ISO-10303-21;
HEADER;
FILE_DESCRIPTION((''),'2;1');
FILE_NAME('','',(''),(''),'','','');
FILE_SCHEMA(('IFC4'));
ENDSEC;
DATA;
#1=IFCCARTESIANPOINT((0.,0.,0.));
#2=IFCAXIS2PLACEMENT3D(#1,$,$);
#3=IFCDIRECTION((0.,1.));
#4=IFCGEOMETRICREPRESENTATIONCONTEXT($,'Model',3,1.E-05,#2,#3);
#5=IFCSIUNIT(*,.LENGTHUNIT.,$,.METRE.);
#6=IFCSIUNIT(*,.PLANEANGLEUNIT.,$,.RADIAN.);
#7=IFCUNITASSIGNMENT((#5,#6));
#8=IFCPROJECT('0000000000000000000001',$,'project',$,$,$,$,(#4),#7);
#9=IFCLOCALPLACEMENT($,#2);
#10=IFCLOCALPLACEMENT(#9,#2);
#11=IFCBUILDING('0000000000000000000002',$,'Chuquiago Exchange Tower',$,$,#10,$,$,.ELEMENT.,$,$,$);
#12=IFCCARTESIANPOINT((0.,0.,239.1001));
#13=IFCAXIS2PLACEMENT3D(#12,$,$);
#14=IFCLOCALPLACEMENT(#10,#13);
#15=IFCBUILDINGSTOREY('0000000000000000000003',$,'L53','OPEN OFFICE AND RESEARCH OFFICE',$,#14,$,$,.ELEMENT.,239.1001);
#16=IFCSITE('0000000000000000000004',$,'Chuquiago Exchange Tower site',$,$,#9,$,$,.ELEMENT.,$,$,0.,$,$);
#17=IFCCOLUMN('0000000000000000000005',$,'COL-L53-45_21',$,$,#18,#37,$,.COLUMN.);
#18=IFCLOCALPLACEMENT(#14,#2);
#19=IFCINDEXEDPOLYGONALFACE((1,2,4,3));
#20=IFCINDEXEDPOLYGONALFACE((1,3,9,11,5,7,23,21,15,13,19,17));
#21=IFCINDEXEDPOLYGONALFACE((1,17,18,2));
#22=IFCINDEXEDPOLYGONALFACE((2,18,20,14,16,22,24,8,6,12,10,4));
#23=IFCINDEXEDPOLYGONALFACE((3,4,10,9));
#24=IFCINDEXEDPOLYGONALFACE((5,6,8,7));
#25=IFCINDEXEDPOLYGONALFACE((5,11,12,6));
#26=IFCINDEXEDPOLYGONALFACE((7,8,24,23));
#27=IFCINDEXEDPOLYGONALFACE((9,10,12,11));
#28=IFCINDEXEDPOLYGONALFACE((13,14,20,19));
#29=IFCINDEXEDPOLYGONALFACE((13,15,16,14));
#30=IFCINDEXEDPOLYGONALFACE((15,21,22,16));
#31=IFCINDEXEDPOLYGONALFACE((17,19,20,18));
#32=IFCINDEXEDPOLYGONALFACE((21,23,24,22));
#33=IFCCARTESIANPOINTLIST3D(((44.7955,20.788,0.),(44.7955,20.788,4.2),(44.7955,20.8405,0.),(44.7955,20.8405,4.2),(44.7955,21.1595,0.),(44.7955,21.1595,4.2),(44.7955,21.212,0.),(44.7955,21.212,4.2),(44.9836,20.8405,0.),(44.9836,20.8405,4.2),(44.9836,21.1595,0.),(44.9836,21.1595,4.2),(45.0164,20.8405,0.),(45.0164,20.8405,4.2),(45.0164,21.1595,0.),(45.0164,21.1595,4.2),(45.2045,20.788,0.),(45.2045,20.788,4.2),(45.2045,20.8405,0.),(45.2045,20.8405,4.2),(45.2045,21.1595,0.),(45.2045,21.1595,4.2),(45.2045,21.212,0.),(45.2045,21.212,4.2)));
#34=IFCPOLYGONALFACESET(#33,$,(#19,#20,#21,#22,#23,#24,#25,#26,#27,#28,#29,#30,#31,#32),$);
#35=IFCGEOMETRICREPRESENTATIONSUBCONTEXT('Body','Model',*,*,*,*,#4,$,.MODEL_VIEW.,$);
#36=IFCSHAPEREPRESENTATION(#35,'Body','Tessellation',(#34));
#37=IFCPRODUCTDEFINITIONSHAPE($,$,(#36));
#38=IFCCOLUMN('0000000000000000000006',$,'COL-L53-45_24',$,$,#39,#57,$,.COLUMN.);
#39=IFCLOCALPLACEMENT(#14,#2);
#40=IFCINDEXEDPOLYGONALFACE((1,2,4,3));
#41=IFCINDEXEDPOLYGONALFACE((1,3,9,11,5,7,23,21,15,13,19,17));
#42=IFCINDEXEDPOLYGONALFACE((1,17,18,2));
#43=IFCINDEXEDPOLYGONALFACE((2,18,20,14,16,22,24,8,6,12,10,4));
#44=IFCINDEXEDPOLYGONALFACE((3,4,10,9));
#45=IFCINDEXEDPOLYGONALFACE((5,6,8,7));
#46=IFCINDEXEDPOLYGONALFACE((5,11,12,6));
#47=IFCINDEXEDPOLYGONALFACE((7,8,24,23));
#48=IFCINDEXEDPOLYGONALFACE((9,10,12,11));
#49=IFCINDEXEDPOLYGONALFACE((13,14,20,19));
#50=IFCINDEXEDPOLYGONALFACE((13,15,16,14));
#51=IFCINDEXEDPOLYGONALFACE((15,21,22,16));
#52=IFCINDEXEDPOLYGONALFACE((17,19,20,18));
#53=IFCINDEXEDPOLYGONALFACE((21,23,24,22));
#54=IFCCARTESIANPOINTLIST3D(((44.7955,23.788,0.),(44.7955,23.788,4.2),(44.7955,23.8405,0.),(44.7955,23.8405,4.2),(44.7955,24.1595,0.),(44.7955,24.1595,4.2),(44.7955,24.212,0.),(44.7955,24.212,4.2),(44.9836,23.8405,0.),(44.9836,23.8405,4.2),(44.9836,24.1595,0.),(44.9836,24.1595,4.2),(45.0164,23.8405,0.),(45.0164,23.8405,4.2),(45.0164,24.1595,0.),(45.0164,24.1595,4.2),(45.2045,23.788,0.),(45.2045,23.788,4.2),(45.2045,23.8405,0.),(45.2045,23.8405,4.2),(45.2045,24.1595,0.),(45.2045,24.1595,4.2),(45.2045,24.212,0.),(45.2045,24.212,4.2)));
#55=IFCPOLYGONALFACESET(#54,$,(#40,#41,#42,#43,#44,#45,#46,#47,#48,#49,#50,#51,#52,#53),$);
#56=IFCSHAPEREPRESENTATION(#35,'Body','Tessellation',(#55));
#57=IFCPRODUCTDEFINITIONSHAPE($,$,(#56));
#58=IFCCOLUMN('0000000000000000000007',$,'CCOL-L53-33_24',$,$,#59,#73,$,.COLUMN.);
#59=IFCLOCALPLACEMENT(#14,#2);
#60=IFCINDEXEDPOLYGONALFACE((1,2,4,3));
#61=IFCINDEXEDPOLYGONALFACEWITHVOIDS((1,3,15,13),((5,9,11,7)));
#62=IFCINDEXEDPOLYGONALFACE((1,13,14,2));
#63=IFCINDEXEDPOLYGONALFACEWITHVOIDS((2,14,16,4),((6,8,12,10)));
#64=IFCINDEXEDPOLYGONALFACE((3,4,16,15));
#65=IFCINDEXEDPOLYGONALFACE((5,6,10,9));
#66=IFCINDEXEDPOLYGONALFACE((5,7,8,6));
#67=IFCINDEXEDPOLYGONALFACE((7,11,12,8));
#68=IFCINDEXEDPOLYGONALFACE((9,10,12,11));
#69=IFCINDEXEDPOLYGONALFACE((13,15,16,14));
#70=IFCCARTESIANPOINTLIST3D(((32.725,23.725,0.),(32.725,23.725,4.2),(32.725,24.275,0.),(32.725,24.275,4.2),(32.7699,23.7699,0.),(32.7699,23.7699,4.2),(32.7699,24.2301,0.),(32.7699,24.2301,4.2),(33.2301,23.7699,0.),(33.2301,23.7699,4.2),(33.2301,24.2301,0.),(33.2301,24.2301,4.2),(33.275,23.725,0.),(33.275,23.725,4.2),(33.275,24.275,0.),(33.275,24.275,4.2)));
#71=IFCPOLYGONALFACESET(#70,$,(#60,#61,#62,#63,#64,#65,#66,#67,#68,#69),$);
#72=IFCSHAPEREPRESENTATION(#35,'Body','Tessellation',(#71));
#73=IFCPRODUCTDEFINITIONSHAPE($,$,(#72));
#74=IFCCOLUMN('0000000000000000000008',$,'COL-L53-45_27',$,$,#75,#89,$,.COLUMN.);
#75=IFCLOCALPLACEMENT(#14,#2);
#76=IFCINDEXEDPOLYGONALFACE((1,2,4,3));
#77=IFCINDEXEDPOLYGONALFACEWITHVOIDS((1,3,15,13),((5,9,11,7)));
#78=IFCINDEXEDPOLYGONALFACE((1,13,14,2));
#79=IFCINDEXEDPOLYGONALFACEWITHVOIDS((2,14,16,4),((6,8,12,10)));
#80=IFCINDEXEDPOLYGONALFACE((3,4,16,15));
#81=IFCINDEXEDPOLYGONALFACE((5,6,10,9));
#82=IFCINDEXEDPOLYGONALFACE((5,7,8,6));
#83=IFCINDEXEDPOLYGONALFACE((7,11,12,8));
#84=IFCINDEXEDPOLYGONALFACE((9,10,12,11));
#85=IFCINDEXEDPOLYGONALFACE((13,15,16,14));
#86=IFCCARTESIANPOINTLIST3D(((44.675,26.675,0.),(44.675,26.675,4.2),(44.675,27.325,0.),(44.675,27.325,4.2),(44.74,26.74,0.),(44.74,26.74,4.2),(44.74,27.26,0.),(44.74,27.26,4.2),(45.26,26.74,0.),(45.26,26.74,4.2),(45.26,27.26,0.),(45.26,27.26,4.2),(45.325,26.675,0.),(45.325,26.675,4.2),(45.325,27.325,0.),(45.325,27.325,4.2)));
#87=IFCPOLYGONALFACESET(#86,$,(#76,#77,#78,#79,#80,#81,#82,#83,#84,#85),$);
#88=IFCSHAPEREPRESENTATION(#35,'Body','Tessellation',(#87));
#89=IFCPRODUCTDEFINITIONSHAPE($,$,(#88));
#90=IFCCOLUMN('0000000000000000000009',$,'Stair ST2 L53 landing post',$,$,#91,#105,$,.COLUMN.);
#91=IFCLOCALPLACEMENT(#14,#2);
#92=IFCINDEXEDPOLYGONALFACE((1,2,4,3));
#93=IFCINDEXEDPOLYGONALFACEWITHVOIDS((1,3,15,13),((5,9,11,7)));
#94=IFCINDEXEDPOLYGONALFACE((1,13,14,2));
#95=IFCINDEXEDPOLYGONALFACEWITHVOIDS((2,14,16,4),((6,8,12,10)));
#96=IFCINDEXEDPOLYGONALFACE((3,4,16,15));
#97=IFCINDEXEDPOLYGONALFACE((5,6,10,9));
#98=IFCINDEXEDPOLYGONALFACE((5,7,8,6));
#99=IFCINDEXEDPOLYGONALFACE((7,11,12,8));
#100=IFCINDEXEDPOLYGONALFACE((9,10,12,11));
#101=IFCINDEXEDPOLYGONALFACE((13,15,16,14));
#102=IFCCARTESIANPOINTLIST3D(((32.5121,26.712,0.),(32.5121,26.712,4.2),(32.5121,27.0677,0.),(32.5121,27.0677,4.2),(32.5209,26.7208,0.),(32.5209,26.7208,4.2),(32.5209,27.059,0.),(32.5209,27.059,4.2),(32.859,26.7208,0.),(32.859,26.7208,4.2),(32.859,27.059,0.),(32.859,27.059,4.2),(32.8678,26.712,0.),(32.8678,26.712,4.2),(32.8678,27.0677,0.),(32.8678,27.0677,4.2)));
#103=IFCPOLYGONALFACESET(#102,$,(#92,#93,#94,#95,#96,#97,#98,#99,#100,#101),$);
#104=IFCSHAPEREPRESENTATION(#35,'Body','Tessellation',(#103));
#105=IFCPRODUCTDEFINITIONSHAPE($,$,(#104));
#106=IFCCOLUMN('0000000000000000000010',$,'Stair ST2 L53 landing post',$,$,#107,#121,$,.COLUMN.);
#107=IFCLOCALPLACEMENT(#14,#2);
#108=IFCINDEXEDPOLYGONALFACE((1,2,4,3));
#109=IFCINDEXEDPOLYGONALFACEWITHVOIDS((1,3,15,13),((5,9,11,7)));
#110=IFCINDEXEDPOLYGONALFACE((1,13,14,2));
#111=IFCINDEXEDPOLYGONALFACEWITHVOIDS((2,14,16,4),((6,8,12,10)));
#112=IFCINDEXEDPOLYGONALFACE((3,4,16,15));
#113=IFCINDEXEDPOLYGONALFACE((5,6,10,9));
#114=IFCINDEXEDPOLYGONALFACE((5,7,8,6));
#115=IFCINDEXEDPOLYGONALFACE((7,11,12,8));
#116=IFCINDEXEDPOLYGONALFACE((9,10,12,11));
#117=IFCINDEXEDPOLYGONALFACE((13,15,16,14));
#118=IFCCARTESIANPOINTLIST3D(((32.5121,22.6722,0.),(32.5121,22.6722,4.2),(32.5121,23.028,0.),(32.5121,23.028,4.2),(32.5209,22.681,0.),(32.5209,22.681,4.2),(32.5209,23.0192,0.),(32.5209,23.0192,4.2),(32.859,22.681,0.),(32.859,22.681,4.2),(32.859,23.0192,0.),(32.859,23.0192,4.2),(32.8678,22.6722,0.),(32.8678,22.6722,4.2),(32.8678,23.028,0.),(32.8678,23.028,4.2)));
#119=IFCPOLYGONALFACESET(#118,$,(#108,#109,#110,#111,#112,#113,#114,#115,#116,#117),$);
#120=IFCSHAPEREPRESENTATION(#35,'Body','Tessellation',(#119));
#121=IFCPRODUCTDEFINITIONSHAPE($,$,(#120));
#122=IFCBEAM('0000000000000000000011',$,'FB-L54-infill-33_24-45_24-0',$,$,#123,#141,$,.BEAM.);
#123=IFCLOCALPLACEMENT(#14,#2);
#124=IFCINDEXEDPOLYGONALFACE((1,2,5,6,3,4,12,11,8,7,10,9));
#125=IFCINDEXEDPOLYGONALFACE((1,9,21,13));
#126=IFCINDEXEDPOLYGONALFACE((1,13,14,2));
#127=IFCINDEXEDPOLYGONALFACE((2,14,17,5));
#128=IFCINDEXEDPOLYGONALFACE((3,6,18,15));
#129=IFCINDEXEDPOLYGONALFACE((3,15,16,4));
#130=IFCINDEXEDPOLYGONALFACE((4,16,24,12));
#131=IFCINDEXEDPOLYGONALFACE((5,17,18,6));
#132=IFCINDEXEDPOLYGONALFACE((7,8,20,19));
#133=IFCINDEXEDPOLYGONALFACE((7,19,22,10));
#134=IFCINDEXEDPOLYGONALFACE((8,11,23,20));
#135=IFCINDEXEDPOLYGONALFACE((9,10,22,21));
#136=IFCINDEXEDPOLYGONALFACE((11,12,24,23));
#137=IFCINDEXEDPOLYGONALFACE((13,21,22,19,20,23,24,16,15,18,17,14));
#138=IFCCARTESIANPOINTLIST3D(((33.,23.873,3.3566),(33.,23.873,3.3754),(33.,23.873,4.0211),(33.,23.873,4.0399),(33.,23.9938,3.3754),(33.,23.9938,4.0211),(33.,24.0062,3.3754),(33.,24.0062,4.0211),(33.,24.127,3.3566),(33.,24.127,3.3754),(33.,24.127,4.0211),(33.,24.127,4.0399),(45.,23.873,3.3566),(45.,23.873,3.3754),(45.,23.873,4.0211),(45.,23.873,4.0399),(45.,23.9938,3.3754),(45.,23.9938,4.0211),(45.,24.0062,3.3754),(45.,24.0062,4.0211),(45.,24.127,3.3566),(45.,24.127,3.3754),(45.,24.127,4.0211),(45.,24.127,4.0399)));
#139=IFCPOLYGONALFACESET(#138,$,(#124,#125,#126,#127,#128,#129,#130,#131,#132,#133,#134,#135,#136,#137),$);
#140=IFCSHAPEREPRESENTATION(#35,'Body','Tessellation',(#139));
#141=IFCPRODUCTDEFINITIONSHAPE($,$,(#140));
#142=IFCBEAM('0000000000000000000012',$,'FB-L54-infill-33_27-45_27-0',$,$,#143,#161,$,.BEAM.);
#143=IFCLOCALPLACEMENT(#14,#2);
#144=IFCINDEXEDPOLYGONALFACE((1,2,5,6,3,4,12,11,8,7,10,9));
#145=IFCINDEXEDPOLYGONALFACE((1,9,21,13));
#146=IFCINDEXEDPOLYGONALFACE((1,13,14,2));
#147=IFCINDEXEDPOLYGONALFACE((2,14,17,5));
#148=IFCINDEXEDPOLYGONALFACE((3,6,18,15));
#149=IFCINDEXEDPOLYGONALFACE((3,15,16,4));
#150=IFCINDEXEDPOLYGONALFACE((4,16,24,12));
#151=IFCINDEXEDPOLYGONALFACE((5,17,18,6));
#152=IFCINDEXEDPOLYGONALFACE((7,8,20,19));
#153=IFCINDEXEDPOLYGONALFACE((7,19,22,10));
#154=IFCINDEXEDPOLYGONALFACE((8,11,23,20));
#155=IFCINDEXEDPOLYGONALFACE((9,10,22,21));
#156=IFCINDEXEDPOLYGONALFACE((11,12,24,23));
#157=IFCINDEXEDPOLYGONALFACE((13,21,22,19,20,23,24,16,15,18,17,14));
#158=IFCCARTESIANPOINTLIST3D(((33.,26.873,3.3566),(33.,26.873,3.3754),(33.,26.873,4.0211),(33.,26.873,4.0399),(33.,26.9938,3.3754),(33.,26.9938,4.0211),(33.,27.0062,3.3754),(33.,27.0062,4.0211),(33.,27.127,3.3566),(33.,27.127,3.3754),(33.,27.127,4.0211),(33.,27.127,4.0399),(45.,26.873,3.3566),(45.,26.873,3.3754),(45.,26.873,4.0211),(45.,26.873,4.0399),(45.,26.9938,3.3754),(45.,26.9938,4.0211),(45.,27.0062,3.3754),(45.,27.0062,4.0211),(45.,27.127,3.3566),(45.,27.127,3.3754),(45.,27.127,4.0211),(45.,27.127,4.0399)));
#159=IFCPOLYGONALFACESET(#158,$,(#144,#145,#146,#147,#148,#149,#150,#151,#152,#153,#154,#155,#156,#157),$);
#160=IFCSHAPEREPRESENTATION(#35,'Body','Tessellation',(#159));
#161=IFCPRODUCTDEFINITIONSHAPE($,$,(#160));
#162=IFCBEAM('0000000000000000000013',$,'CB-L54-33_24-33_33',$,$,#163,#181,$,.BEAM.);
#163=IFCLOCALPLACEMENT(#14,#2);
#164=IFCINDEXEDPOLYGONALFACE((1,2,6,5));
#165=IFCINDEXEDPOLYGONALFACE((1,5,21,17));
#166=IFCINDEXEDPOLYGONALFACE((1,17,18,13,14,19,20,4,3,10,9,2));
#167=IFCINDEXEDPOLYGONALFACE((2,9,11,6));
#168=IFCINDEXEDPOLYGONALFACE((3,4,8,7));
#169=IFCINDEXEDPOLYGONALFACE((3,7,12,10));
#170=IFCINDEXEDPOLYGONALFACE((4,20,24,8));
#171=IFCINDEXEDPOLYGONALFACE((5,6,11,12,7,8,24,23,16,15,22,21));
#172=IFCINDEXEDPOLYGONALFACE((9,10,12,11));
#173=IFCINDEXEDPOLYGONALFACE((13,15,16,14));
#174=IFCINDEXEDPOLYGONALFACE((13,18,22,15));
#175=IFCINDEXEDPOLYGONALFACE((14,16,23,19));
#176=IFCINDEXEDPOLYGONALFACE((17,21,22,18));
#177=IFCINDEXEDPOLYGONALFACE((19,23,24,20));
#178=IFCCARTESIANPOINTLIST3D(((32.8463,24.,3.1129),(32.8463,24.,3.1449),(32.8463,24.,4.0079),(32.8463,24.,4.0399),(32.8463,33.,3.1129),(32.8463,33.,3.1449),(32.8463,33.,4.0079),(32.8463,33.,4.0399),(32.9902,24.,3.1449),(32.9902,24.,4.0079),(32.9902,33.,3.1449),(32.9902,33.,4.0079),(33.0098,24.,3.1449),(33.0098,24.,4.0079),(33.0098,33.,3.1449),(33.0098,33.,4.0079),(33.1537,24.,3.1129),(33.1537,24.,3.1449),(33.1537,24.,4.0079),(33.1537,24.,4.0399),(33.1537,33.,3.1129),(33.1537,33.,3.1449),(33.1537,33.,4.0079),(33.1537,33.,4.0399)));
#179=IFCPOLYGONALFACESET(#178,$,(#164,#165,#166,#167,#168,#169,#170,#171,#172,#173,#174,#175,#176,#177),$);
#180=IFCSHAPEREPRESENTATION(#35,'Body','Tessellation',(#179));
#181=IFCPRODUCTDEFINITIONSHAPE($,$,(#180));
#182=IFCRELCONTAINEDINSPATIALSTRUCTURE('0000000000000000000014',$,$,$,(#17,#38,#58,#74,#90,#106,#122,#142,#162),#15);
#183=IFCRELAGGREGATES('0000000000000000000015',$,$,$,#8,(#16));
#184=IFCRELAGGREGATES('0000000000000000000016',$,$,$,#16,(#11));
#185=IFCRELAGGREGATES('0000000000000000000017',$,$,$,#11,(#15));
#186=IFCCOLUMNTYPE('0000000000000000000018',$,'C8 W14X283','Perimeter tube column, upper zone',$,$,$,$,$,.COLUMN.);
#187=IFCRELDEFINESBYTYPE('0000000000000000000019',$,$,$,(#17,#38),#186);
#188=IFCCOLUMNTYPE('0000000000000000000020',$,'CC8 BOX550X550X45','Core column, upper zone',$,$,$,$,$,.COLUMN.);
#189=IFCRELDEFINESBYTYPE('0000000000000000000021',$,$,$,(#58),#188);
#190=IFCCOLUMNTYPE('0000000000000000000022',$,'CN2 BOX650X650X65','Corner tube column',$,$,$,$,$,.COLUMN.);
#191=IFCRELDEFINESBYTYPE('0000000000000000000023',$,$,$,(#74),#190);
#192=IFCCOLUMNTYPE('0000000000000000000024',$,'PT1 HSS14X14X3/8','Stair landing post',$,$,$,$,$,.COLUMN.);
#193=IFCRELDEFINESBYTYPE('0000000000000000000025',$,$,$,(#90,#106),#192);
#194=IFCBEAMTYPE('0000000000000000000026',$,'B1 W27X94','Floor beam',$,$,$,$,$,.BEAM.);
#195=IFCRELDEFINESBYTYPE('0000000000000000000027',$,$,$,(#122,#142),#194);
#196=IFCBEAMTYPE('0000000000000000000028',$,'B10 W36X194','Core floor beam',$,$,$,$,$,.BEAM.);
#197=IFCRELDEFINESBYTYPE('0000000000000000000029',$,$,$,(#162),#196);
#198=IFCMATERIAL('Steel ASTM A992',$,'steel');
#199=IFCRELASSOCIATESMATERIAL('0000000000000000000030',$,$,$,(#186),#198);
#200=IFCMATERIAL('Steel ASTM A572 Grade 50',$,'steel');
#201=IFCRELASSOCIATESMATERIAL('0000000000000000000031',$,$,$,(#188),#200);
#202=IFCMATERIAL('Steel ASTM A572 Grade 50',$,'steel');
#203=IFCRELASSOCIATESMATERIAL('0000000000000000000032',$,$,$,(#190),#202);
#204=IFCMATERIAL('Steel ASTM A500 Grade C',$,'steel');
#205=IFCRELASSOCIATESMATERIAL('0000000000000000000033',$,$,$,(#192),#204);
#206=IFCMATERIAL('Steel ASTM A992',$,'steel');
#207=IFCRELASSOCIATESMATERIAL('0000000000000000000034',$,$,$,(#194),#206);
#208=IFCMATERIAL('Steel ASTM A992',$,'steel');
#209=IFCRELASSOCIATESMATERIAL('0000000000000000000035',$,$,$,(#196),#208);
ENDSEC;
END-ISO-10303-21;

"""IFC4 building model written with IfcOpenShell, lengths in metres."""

from ifc_helpers import new_model, si_unit, direction, frame, origin, origin_2d, place, context, subcontext, project, spatial, hollow_rectangle, i_section, extrude, material, material_profile, profile_set, type_object, element, save


model = new_model("IFC4")

# Units and contexts
model_context = context("Model", 3, precision=1e-05, world=origin(), true_north=direction((0.0, 1.0)))
body_context = subcontext(model_context, "Body", "Model", "MODEL_VIEW")
ifc_project = project(units=[si_unit("LENGTHUNIT", "METRE"), si_unit("PLANEANGLEUNIT", "RADIAN")], contexts=[model_context])

# Site, building, storey
site_placement = place(None, origin())
site = spatial("IfcSite", under=ifc_project, at=site_placement, Name="Chuquiago Exchange Tower site", CompositionType="ELEMENT", RefElevation=0.0)
building_placement = place(site_placement, origin())
building = spatial("IfcBuilding", under=site, at=building_placement, Name="Chuquiago Exchange Tower", CompositionType="ELEMENT")
storey_placement = place(building_placement, frame((0.0, 0.0, 239.1001)))
storey = spatial("IfcBuildingStorey", under=building, at=storey_placement, Name="L53", Description="OPEN OFFICE AND RESEARCH OFFICE", CompositionType="ELEMENT", Elevation=239.1001)

# Columns
ifc_material_1 = material(Name="Steel ASTM A992", Category="steel")
ifc_material_profile_1 = material_profile(ifc_material_1, i_section(OverallWidth=0.4089, OverallDepth=0.4241, WebThickness=0.0327, FlangeThickness=0.0525, at=origin_2d()), Name="W14X283")
ifc_profile_set_1 = profile_set([ifc_material_profile_1], Name="Steel ASTM A992")
column_type_1 = type_object("IfcColumnType", Name="C8 W14X283", Description="Perimeter tube column, upper zone", PredefinedType="COLUMN", material=ifc_profile_set_1)
for number, where, z_axis, x_axis, name in (
    (1, (45.0, 21.0, 0.0), (0.0, 0.0, 1.0), (1.0, 0.0, 0.0), "COL-L53-45_21"),
    (2, (45.0, 24.0, 0.0), (0.0, 0.0, 1.0), (1.0, 0.0, 0.0), "COL-L53-45_24"),
):
    element("IfcColumn", number, at=place(storey_placement, frame(where, z_axis=z_axis, x_axis=x_axis)), inside=storey, type_object=column_type_1, Name=name, PredefinedType="COLUMN", context=body_context, shape_type="SweptSolid", body=[
        extrude(i_section(OverallWidth=0.4089, OverallDepth=0.4241, WebThickness=0.0327, FlangeThickness=0.0525, at=origin_2d()), origin(), (0.0, 0.0, 1.0), 4.2),
    ])
ifc_material_2 = material(Name="Steel ASTM A572 Grade 50", Category="steel")
ifc_material_profile_2 = material_profile(ifc_material_2, hollow_rectangle(XDim=0.55, YDim=0.55, WallThickness=0.0449, at=origin_2d()), Name="BOX550X550X45")
ifc_profile_set_2 = profile_set([ifc_material_profile_2], Name="Steel ASTM A572 Grade 50")
column_type_2 = type_object("IfcColumnType", Name="CC8 BOX550X550X45", Description="Core column, upper zone", PredefinedType="COLUMN", material=ifc_profile_set_2)
column_1_placement = place(storey_placement, frame((33.0, 24.0, 0.0), z_axis=(0.0, 0.0, 1.0), x_axis=(1.0, 0.0, 0.0)))
element("IfcColumn", 3, at=column_1_placement, inside=storey, type_object=column_type_2, Name="CCOL-L53-33_24", PredefinedType="COLUMN", context=body_context, shape_type="SweptSolid", body=[
    extrude(hollow_rectangle(XDim=0.55, YDim=0.55, WallThickness=0.0449, at=origin_2d()), origin(), (0.0, 0.0, 1.0), 4.2),
])
ifc_material_3 = material(Name="Steel ASTM A572 Grade 50", Category="steel")
ifc_material_profile_3 = material_profile(ifc_material_3, hollow_rectangle(XDim=0.6499, YDim=0.6499, WallThickness=0.0649, at=origin_2d()), Name="BOX650X650X65")
ifc_profile_set_3 = profile_set([ifc_material_profile_3], Name="Steel ASTM A572 Grade 50")
column_type_3 = type_object("IfcColumnType", Name="CN2 BOX650X650X65", Description="Corner tube column", PredefinedType="COLUMN", material=ifc_profile_set_3)
column_2_placement = place(storey_placement, frame((45.0, 27.0, 0.0), z_axis=(0.0, 0.0, 1.0), x_axis=(1.0, 0.0, 0.0)))
element("IfcColumn", 4, at=column_2_placement, inside=storey, type_object=column_type_3, Name="COL-L53-45_27", PredefinedType="COLUMN", context=body_context, shape_type="SweptSolid", body=[
    extrude(hollow_rectangle(XDim=0.6499, YDim=0.6499, WallThickness=0.0649, at=origin_2d()), origin(), (0.0, 0.0, 1.0), 4.2),
])
ifc_material_4 = material(Name="Steel ASTM A500 Grade C", Category="steel")
ifc_material_profile_4 = material_profile(ifc_material_4, hollow_rectangle(XDim=0.3557, YDim=0.3557, WallThickness=0.0088, at=origin_2d()), Name="HSS14X14X3/8")
ifc_profile_set_4 = profile_set([ifc_material_profile_4], Name="Steel ASTM A500 Grade C")
column_type_4 = type_object("IfcColumnType", Name="PT1 HSS14X14X3/8", Description="Stair landing post", PredefinedType="COLUMN", material=ifc_profile_set_4)
for number, where, z_axis, x_axis, name in (
    (5, (32.6899, 26.8899, 0.0), (0.0, 0.0, 1.0), (1.0, 0.0, 0.0), "Stair ST2 L53 landing post"),
    (6, (32.6899, 22.8501, 0.0), (0.0, 0.0, 1.0), (1.0, 0.0, 0.0), "Stair ST2 L53 landing post"),
):
    element("IfcColumn", number, at=place(storey_placement, frame(where, z_axis=z_axis, x_axis=x_axis)), inside=storey, type_object=column_type_4, Name=name, PredefinedType="COLUMN", context=body_context, shape_type="SweptSolid", body=[
        extrude(hollow_rectangle(XDim=0.3557, YDim=0.3557, WallThickness=0.0088, at=origin_2d()), origin(), (0.0, 0.0, 1.0), 4.2),
    ])

# Beams
ifc_material_5 = material(Name="Steel ASTM A992", Category="steel")
ifc_material_profile_5 = material_profile(ifc_material_5, i_section(OverallWidth=0.2539, OverallDepth=0.6833, WebThickness=0.0125, FlangeThickness=0.0188, at=origin_2d()), Name="W27X94")
ifc_profile_set_5 = profile_set([ifc_material_profile_5], Name="Steel ASTM A992")
beam_type_1 = type_object("IfcBeamType", Name="B1 W27X94", Description="Floor beam", PredefinedType="BEAM", material=ifc_profile_set_5)
for number, where, z_axis, x_axis, name in (
    (7, (33.0, 24.0, 3.6982), (1.0, 0.0, 0.0), (0.0, 1.0, 0.0), "FB-L54-infill-33_24-45_24-0"),
    (8, (33.0, 27.0, 3.6982), (1.0, 0.0, 0.0), (0.0, 1.0, 0.0), "FB-L54-infill-33_27-45_27-0"),
):
    element("IfcBeam", number, at=place(storey_placement, frame(where, z_axis=z_axis, x_axis=x_axis)), inside=storey, type_object=beam_type_1, Name=name, PredefinedType="BEAM", context=body_context, shape_type="SweptSolid", body=[
        extrude(i_section(OverallWidth=0.2539, OverallDepth=0.6833, WebThickness=0.0125, FlangeThickness=0.0188, at=origin_2d()), origin(), (0.0, 0.0, 1.0), 12.0),
    ])
ifc_material_6 = material(Name="Steel ASTM A992", Category="steel")
ifc_material_profile_6 = material_profile(ifc_material_6, i_section(OverallWidth=0.3074, OverallDepth=0.927, WebThickness=0.0195, FlangeThickness=0.032, at=origin_2d()), Name="W36X194")
ifc_profile_set_6 = profile_set([ifc_material_profile_6], Name="Steel ASTM A992")
beam_type_2 = type_object("IfcBeamType", Name="B10 W36X194", Description="Core floor beam", PredefinedType="BEAM", material=ifc_profile_set_6)
beam_1_placement = place(storey_placement, frame((33.0, 24.0, 3.5764), z_axis=(0.0, 1.0, 0.0), x_axis=(-1.0, 0.0, 0.0)))
element("IfcBeam", 9, at=beam_1_placement, inside=storey, type_object=beam_type_2, Name="CB-L54-33_24-33_33", PredefinedType="BEAM", context=body_context, shape_type="SweptSolid", body=[
    extrude(i_section(OverallWidth=0.3074, OverallDepth=0.927, WebThickness=0.0195, FlangeThickness=0.032, at=origin_2d()), origin(), (0.0, 0.0, 1.0), 9.0),
])

save(model, "model.ifc")
